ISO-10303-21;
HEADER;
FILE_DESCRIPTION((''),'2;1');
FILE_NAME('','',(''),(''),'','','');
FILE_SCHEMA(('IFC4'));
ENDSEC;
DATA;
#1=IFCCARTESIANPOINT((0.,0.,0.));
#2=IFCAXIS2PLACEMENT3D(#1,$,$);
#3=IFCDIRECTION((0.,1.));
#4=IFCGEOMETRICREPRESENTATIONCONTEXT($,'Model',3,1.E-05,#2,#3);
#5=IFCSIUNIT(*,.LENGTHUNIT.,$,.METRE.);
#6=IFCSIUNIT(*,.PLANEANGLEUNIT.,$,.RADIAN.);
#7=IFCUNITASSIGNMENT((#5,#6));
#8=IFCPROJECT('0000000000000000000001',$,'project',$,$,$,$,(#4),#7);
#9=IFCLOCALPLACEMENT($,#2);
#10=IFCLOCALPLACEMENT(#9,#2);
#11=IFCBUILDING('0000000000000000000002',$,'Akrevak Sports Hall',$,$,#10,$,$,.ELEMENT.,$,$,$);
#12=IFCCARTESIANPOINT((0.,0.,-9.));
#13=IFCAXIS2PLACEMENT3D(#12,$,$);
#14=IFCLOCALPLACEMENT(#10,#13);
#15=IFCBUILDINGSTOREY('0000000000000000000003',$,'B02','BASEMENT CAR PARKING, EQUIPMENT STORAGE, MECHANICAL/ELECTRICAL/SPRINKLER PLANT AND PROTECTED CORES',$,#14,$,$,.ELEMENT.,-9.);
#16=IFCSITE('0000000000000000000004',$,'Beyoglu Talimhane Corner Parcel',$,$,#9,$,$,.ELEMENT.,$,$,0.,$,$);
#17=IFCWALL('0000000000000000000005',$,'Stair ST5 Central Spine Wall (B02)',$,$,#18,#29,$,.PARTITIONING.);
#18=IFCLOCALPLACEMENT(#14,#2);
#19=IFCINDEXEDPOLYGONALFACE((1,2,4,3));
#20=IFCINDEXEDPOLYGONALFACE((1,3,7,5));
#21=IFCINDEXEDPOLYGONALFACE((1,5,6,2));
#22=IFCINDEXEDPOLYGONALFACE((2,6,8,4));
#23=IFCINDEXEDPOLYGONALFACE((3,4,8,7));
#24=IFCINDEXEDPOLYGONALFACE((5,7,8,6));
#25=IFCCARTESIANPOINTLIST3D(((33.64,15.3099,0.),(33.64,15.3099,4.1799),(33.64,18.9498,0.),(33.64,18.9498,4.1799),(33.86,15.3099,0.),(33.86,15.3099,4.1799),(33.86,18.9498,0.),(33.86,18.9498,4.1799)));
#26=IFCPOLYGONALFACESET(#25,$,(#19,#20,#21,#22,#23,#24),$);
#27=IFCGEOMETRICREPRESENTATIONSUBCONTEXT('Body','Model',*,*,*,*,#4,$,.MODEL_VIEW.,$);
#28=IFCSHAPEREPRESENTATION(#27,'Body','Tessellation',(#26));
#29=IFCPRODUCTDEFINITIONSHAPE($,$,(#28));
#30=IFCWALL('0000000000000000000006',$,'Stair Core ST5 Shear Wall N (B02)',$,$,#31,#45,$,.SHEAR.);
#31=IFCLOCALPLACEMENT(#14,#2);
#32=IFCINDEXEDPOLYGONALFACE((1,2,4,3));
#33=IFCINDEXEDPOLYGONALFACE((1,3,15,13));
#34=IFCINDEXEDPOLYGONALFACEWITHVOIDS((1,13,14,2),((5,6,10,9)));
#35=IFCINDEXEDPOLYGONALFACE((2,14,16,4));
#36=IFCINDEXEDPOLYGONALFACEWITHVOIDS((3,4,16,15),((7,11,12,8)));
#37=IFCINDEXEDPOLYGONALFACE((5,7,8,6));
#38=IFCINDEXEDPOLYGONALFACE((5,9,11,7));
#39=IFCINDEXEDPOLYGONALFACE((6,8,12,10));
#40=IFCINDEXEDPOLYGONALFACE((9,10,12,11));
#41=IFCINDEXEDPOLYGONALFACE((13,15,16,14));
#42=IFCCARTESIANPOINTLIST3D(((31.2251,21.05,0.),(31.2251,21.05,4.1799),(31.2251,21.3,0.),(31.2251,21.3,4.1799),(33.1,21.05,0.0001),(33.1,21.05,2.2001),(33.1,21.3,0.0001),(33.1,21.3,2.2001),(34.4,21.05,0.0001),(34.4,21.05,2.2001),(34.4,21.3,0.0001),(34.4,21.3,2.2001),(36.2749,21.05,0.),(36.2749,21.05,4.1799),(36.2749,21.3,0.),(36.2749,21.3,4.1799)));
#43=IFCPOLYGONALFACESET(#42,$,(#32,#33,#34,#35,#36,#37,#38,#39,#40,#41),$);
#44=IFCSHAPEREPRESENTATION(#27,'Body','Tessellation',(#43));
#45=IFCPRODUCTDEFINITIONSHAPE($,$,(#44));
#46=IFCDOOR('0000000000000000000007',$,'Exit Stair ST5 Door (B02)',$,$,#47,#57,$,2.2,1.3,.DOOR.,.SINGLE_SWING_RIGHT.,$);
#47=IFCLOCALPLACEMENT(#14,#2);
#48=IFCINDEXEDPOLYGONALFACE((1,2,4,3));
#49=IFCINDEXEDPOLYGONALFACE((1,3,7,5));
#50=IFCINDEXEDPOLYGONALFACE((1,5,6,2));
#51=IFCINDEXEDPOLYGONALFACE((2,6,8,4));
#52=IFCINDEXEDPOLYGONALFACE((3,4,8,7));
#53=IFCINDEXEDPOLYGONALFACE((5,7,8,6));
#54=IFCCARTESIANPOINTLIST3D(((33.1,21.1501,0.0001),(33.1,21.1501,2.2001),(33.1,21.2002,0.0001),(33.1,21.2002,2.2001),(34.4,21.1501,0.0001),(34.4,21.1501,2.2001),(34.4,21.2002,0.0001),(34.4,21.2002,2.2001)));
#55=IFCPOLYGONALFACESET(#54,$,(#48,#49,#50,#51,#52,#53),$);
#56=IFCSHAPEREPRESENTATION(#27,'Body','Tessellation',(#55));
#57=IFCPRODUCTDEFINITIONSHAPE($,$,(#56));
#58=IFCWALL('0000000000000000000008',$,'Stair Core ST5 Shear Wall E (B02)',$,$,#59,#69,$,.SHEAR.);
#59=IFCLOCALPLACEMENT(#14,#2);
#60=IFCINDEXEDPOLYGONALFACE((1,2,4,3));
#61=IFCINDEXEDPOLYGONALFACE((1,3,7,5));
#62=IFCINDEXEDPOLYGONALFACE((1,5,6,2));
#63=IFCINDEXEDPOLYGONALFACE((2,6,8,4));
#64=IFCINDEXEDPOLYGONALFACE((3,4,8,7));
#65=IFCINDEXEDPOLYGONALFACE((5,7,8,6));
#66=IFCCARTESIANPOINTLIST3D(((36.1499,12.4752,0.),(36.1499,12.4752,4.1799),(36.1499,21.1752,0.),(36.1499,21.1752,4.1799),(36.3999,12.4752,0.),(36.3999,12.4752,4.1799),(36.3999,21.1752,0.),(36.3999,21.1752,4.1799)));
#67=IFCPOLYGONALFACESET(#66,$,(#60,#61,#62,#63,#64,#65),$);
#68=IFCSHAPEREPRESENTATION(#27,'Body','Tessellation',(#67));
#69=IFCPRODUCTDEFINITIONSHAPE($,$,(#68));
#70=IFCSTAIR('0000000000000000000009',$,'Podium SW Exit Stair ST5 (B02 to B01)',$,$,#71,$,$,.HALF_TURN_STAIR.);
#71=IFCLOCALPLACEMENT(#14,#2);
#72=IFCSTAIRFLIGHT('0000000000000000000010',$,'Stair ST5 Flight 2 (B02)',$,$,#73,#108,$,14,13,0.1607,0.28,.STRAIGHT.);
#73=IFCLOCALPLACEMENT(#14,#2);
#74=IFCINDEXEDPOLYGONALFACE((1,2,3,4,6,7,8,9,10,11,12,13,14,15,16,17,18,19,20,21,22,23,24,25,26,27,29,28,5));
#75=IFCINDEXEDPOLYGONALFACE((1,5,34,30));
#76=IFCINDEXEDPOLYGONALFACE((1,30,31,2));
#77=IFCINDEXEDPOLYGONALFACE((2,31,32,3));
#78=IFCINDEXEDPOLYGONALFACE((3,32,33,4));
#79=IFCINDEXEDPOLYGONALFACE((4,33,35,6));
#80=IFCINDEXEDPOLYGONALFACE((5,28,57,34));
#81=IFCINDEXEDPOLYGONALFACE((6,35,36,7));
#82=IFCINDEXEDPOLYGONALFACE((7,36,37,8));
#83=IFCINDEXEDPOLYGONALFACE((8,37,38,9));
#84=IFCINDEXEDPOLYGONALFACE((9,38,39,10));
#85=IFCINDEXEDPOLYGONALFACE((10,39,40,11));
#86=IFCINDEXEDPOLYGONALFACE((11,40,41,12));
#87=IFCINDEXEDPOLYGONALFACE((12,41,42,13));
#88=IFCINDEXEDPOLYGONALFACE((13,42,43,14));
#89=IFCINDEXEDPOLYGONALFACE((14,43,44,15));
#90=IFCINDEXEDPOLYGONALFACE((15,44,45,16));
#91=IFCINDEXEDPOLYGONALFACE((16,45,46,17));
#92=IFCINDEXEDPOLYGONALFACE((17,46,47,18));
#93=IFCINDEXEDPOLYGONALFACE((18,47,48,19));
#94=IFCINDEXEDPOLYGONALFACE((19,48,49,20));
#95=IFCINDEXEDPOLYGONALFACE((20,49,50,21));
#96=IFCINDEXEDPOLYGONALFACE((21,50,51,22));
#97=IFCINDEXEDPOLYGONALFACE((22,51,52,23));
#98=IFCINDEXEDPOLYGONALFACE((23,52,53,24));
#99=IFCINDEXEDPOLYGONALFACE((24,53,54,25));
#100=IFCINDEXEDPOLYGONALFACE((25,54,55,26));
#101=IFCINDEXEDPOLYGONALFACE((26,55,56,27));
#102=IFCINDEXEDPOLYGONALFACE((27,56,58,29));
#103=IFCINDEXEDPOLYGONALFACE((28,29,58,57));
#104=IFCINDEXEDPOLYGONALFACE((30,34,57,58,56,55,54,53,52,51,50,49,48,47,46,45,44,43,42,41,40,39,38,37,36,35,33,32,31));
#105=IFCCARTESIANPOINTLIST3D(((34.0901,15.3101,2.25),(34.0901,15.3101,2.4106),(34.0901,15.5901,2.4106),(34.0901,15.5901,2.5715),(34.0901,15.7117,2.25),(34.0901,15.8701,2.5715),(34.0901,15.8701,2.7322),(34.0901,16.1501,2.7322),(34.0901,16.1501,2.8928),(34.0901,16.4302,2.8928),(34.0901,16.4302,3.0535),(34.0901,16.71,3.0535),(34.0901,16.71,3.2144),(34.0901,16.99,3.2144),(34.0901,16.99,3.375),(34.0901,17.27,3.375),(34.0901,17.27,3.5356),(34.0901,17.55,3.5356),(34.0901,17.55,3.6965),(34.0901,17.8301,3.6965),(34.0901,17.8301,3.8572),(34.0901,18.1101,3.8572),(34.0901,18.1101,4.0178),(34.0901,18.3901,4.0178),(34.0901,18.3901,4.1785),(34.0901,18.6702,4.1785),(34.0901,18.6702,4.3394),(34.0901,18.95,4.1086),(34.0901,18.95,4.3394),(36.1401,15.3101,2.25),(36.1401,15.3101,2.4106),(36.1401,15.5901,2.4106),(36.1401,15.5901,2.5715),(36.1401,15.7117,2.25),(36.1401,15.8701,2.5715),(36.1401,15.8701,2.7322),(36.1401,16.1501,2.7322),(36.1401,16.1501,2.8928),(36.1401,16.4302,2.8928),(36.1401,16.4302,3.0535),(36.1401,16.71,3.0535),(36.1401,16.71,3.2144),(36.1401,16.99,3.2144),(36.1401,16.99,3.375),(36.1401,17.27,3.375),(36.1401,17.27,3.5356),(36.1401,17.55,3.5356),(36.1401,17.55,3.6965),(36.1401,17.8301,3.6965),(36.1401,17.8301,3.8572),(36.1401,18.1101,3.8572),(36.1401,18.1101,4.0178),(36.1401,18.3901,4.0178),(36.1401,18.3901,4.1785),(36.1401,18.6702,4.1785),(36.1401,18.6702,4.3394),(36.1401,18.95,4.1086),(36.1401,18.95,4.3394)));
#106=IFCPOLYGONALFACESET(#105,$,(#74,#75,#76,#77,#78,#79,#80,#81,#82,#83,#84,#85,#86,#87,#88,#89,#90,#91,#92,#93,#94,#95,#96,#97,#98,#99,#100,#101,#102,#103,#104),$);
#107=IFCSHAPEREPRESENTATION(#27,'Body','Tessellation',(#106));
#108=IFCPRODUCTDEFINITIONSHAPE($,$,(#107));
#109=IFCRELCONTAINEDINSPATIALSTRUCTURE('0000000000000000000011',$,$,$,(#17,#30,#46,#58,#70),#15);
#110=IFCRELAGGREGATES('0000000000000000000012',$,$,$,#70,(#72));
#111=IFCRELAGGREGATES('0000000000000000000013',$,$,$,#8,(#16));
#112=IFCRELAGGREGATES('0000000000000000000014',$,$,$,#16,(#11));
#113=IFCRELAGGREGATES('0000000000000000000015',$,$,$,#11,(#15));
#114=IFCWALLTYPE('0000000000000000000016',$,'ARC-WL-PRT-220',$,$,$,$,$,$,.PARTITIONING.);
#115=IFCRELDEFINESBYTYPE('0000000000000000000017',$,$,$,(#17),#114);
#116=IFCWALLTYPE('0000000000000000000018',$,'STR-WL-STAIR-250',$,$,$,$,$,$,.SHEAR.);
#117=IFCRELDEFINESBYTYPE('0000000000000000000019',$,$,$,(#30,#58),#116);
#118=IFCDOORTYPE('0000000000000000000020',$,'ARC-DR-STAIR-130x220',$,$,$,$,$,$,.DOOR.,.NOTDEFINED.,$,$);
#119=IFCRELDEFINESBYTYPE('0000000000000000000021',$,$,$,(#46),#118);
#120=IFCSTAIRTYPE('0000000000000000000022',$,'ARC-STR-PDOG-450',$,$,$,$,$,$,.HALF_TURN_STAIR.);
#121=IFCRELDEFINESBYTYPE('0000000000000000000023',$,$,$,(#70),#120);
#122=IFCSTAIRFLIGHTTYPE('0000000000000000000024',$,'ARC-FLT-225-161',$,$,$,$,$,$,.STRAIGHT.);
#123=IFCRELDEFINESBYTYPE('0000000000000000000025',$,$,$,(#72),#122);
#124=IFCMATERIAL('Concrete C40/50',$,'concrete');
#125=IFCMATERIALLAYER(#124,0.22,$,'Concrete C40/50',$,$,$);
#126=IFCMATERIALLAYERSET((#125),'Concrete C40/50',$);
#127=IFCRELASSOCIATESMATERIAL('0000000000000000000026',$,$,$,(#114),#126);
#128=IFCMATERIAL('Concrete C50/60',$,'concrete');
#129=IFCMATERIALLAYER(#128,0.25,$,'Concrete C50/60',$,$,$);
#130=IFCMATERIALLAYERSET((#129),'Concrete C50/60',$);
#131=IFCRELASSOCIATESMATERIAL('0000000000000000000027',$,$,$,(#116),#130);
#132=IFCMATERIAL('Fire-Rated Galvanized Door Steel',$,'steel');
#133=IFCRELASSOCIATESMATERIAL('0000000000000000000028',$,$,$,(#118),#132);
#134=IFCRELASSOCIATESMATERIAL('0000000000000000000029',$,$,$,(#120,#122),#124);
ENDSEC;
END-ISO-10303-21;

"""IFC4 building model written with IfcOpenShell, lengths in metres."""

from ifc_helpers import new_model, si_unit, direction, frame, frame_2d, origin, place, context, subcontext, project, spatial, polyline, rectangle, outline, extrude, material, layer, layer_set, type_object, element, fill, aggregate, save


model = new_model("IFC4")

# Units and contexts
model_context = context("Model", 3, precision=1e-05, world=origin(), true_north=direction((0.0, 1.0)))
body_context = subcontext(model_context, "Body", "Model", "MODEL_VIEW")
ifc_project = project(units=[si_unit("LENGTHUNIT", "METRE"), si_unit("PLANEANGLEUNIT", "RADIAN")], contexts=[model_context])

# Site, building, storey
site_placement = place(None, origin())
site = spatial("IfcSite", under=ifc_project, at=site_placement, Name="Beyoglu Talimhane Corner Parcel", CompositionType="ELEMENT", RefElevation=0.0)
building_placement = place(site_placement, origin())
building = spatial("IfcBuilding", under=site, at=building_placement, Name="Akrevak Sports Hall", CompositionType="ELEMENT")
storey_placement = place(building_placement, frame((0.0, 0.0, -9.0)))
storey = spatial("IfcBuildingStorey", under=building, at=storey_placement, Name="B02", Description="BASEMENT CAR PARKING, EQUIPMENT STORAGE, MECHANICAL/ELECTRICAL/SPRINKLER PLANT AND PROTECTED CORES", CompositionType="ELEMENT", Elevation=-9.0)

# Shared definitions
ifc_material_1 = material(Name="Concrete C40/50", Category="concrete")

# Wall
ifc_layer_1 = layer(ifc_material_1, 0.22, Name="Concrete C40/50")
ifc_layer_set_1 = layer_set([ifc_layer_1], Name="Concrete C40/50")
wall_type_1 = type_object("IfcWallType", Name="ARC-WL-PRT-220", PredefinedType="PARTITIONING", material=ifc_layer_set_1)
wall_1_placement = place(storey_placement, frame((33.75, 15.3101, 0.0), z_axis=(0.0, 0.0, 1.0), x_axis=(0.0, 1.0, 0.0)))
element("IfcWall", 1, at=wall_1_placement, inside=storey, type_object=wall_type_1, Name="Stair ST5 Central Spine Wall (B02)", PredefinedType="PARTITIONING", context=body_context, shape_type="SweptSolid", body=[
    extrude(rectangle(XDim=3.6399, YDim=0.22, at=frame_2d((1.8198, 0.0))), origin(), (0.0, 0.0, 1.0), 4.1799),
])

# Wall, opening, door
ifc_material_2 = material(Name="Concrete C50/60", Category="concrete")
ifc_layer_2 = layer(ifc_material_2, 0.25, Name="Concrete C50/60")
ifc_layer_set_2 = layer_set([ifc_layer_2], Name="Concrete C50/60")
wall_type_2 = type_object("IfcWallType", Name="STR-WL-STAIR-250", PredefinedType="SHEAR", material=ifc_layer_set_2)
wall_2_placement = place(storey_placement, frame((36.2749, 21.175, 0.0), z_axis=(0.0, 0.0, 1.0), x_axis=(-1.0, 0.0, 0.0)))
wall_2 = element("IfcWall", 2, at=wall_2_placement, inside=storey, type_object=wall_type_2, Name="Stair Core ST5 Shear Wall N (B02)", PredefinedType="SHEAR", context=body_context, shape_type="SweptSolid", body=[
    extrude(rectangle(XDim=5.0498, YDim=0.25, at=frame_2d((2.5249, 0.0))), origin(), (0.0, 0.0, 1.0), 4.1799),
])
opening_placement = place(wall_2_placement, frame((1.875, 0.0, 0.0)))
opening = element("IfcOpeningElement", 3, at=opening_placement, cuts=wall_2, PredefinedType="OPENING", context=body_context, shape_type="SweptSolid", body=[
    extrude(rectangle(XDim=1.3, YDim=2.2, at=frame_2d((0.6499, 1.1001))), frame((0.0, 0.137, 0.0), z_axis=(0.0, -1.0, 0.0), x_axis=(1.0, 0.0, 0.0)), (0.0, 0.0, 1.0), 0.2739),
])
ifc_material_3 = material(Name="Fire-Rated Galvanized Door Steel", Category="steel")
door_type = type_object("IfcDoorType", Name="ARC-DR-STAIR-130x220", OperationType="NOTDEFINED", PredefinedType="DOOR", material=ifc_material_3)
door_placement = place(opening_placement, origin())
door = element("IfcDoor", 4, at=door_placement, inside=storey, type_object=door_type, Name="Exit Stair ST5 Door (B02)", OperationType="SINGLE_SWING_RIGHT", OverallHeight=2.2, OverallWidth=1.3, PredefinedType="DOOR", context=body_context, shape_type="SweptSolid", body=[
    extrude(rectangle(XDim=1.3, YDim=2.2, at=frame_2d((0.6499, 1.1001))), frame((0.0, 0.0249, 0.0), z_axis=(0.0, -1.0, 0.0), x_axis=(1.0, 0.0, 0.0)), (0.0, 0.0, 1.0), 0.05),
])
fill(opening, door)

# Wall
wall_3_placement = place(storey_placement, frame((36.2749, 12.4751, 0.0), z_axis=(0.0, 0.0, 1.0), x_axis=(0.0, 1.0, 0.0)))
element("IfcWall", 5, at=wall_3_placement, inside=storey, type_object=wall_type_2, Name="Stair Core ST5 Shear Wall E (B02)", PredefinedType="SHEAR", context=body_context, shape_type="SweptSolid", body=[
    extrude(rectangle(XDim=8.7, YDim=0.25, at=frame_2d((4.3501, 0.0))), origin(), (0.0, 0.0, 1.0), 4.1799),
])

# Stair, stair flight
stair_type = type_object("IfcStairType", Name="ARC-STR-PDOG-450", PredefinedType="HALF_TURN_STAIR", material=ifc_material_1)
stair_placement = place(storey_placement, origin())
stair = element("IfcStair", 6, at=stair_placement, inside=storey, type_object=stair_type, Name="Podium SW Exit Stair ST5 (B02 to B01)", PredefinedType="HALF_TURN_STAIR")
stair_flight_type = type_object("IfcStairFlightType", Name="ARC-FLT-225-161", PredefinedType="STRAIGHT", material=ifc_material_1)
stair_flight_placement = place(storey_placement, frame((35.115, 15.3101, 2.25), z_axis=(0.0, 0.0, 1.0), x_axis=(0.0, 1.0, 0.0)))
stair_flight = element("IfcStairFlight", 7, at=stair_flight_placement, type_object=stair_flight_type, Name="Stair ST5 Flight 2 (B02)", NumberOfRisers=14, NumberOfTreads=13, PredefinedType="STRAIGHT", RiserHeight=0.1607, TreadLength=0.28, context=body_context, shape_type="SweptSolid", body=[
    extrude(outline(polyline([(0.0, 0.0), (0.0, 0.1606), (0.28, 0.1606), (0.28, 0.3215), (0.5601, 0.3215), (0.5601, 0.4822), (0.8401, 0.4822), (0.8401, 0.6428), (1.1201, 0.6428), (1.1201, 0.8035), (1.3999, 0.8035), (1.3999, 0.9644), (1.6799, 0.9644), (1.6799, 1.125), (1.96, 1.125), (1.96, 1.2856), (2.24, 1.2856), (2.24, 1.4465), (2.52, 1.4465), (2.52, 1.6072), (2.8, 1.6072), (2.8, 1.7678), (3.0801, 1.7678), (3.0801, 1.9285), (3.3601, 1.9285), (3.3601, 2.0894), (3.6399, 2.0894), (3.6399, 2.25), (3.6399, 1.8586), (0.4016, 0.0), (0.0, 0.0)])), frame((0.0, 1.0249, 0.0), z_axis=(0.0, -1.0, 0.0), x_axis=(1.0, 0.0, 0.0)), (0.0, 0.0, 1.0), 2.05),
])
aggregate(stair, [stair_flight])

save(model, "model.ifc")
